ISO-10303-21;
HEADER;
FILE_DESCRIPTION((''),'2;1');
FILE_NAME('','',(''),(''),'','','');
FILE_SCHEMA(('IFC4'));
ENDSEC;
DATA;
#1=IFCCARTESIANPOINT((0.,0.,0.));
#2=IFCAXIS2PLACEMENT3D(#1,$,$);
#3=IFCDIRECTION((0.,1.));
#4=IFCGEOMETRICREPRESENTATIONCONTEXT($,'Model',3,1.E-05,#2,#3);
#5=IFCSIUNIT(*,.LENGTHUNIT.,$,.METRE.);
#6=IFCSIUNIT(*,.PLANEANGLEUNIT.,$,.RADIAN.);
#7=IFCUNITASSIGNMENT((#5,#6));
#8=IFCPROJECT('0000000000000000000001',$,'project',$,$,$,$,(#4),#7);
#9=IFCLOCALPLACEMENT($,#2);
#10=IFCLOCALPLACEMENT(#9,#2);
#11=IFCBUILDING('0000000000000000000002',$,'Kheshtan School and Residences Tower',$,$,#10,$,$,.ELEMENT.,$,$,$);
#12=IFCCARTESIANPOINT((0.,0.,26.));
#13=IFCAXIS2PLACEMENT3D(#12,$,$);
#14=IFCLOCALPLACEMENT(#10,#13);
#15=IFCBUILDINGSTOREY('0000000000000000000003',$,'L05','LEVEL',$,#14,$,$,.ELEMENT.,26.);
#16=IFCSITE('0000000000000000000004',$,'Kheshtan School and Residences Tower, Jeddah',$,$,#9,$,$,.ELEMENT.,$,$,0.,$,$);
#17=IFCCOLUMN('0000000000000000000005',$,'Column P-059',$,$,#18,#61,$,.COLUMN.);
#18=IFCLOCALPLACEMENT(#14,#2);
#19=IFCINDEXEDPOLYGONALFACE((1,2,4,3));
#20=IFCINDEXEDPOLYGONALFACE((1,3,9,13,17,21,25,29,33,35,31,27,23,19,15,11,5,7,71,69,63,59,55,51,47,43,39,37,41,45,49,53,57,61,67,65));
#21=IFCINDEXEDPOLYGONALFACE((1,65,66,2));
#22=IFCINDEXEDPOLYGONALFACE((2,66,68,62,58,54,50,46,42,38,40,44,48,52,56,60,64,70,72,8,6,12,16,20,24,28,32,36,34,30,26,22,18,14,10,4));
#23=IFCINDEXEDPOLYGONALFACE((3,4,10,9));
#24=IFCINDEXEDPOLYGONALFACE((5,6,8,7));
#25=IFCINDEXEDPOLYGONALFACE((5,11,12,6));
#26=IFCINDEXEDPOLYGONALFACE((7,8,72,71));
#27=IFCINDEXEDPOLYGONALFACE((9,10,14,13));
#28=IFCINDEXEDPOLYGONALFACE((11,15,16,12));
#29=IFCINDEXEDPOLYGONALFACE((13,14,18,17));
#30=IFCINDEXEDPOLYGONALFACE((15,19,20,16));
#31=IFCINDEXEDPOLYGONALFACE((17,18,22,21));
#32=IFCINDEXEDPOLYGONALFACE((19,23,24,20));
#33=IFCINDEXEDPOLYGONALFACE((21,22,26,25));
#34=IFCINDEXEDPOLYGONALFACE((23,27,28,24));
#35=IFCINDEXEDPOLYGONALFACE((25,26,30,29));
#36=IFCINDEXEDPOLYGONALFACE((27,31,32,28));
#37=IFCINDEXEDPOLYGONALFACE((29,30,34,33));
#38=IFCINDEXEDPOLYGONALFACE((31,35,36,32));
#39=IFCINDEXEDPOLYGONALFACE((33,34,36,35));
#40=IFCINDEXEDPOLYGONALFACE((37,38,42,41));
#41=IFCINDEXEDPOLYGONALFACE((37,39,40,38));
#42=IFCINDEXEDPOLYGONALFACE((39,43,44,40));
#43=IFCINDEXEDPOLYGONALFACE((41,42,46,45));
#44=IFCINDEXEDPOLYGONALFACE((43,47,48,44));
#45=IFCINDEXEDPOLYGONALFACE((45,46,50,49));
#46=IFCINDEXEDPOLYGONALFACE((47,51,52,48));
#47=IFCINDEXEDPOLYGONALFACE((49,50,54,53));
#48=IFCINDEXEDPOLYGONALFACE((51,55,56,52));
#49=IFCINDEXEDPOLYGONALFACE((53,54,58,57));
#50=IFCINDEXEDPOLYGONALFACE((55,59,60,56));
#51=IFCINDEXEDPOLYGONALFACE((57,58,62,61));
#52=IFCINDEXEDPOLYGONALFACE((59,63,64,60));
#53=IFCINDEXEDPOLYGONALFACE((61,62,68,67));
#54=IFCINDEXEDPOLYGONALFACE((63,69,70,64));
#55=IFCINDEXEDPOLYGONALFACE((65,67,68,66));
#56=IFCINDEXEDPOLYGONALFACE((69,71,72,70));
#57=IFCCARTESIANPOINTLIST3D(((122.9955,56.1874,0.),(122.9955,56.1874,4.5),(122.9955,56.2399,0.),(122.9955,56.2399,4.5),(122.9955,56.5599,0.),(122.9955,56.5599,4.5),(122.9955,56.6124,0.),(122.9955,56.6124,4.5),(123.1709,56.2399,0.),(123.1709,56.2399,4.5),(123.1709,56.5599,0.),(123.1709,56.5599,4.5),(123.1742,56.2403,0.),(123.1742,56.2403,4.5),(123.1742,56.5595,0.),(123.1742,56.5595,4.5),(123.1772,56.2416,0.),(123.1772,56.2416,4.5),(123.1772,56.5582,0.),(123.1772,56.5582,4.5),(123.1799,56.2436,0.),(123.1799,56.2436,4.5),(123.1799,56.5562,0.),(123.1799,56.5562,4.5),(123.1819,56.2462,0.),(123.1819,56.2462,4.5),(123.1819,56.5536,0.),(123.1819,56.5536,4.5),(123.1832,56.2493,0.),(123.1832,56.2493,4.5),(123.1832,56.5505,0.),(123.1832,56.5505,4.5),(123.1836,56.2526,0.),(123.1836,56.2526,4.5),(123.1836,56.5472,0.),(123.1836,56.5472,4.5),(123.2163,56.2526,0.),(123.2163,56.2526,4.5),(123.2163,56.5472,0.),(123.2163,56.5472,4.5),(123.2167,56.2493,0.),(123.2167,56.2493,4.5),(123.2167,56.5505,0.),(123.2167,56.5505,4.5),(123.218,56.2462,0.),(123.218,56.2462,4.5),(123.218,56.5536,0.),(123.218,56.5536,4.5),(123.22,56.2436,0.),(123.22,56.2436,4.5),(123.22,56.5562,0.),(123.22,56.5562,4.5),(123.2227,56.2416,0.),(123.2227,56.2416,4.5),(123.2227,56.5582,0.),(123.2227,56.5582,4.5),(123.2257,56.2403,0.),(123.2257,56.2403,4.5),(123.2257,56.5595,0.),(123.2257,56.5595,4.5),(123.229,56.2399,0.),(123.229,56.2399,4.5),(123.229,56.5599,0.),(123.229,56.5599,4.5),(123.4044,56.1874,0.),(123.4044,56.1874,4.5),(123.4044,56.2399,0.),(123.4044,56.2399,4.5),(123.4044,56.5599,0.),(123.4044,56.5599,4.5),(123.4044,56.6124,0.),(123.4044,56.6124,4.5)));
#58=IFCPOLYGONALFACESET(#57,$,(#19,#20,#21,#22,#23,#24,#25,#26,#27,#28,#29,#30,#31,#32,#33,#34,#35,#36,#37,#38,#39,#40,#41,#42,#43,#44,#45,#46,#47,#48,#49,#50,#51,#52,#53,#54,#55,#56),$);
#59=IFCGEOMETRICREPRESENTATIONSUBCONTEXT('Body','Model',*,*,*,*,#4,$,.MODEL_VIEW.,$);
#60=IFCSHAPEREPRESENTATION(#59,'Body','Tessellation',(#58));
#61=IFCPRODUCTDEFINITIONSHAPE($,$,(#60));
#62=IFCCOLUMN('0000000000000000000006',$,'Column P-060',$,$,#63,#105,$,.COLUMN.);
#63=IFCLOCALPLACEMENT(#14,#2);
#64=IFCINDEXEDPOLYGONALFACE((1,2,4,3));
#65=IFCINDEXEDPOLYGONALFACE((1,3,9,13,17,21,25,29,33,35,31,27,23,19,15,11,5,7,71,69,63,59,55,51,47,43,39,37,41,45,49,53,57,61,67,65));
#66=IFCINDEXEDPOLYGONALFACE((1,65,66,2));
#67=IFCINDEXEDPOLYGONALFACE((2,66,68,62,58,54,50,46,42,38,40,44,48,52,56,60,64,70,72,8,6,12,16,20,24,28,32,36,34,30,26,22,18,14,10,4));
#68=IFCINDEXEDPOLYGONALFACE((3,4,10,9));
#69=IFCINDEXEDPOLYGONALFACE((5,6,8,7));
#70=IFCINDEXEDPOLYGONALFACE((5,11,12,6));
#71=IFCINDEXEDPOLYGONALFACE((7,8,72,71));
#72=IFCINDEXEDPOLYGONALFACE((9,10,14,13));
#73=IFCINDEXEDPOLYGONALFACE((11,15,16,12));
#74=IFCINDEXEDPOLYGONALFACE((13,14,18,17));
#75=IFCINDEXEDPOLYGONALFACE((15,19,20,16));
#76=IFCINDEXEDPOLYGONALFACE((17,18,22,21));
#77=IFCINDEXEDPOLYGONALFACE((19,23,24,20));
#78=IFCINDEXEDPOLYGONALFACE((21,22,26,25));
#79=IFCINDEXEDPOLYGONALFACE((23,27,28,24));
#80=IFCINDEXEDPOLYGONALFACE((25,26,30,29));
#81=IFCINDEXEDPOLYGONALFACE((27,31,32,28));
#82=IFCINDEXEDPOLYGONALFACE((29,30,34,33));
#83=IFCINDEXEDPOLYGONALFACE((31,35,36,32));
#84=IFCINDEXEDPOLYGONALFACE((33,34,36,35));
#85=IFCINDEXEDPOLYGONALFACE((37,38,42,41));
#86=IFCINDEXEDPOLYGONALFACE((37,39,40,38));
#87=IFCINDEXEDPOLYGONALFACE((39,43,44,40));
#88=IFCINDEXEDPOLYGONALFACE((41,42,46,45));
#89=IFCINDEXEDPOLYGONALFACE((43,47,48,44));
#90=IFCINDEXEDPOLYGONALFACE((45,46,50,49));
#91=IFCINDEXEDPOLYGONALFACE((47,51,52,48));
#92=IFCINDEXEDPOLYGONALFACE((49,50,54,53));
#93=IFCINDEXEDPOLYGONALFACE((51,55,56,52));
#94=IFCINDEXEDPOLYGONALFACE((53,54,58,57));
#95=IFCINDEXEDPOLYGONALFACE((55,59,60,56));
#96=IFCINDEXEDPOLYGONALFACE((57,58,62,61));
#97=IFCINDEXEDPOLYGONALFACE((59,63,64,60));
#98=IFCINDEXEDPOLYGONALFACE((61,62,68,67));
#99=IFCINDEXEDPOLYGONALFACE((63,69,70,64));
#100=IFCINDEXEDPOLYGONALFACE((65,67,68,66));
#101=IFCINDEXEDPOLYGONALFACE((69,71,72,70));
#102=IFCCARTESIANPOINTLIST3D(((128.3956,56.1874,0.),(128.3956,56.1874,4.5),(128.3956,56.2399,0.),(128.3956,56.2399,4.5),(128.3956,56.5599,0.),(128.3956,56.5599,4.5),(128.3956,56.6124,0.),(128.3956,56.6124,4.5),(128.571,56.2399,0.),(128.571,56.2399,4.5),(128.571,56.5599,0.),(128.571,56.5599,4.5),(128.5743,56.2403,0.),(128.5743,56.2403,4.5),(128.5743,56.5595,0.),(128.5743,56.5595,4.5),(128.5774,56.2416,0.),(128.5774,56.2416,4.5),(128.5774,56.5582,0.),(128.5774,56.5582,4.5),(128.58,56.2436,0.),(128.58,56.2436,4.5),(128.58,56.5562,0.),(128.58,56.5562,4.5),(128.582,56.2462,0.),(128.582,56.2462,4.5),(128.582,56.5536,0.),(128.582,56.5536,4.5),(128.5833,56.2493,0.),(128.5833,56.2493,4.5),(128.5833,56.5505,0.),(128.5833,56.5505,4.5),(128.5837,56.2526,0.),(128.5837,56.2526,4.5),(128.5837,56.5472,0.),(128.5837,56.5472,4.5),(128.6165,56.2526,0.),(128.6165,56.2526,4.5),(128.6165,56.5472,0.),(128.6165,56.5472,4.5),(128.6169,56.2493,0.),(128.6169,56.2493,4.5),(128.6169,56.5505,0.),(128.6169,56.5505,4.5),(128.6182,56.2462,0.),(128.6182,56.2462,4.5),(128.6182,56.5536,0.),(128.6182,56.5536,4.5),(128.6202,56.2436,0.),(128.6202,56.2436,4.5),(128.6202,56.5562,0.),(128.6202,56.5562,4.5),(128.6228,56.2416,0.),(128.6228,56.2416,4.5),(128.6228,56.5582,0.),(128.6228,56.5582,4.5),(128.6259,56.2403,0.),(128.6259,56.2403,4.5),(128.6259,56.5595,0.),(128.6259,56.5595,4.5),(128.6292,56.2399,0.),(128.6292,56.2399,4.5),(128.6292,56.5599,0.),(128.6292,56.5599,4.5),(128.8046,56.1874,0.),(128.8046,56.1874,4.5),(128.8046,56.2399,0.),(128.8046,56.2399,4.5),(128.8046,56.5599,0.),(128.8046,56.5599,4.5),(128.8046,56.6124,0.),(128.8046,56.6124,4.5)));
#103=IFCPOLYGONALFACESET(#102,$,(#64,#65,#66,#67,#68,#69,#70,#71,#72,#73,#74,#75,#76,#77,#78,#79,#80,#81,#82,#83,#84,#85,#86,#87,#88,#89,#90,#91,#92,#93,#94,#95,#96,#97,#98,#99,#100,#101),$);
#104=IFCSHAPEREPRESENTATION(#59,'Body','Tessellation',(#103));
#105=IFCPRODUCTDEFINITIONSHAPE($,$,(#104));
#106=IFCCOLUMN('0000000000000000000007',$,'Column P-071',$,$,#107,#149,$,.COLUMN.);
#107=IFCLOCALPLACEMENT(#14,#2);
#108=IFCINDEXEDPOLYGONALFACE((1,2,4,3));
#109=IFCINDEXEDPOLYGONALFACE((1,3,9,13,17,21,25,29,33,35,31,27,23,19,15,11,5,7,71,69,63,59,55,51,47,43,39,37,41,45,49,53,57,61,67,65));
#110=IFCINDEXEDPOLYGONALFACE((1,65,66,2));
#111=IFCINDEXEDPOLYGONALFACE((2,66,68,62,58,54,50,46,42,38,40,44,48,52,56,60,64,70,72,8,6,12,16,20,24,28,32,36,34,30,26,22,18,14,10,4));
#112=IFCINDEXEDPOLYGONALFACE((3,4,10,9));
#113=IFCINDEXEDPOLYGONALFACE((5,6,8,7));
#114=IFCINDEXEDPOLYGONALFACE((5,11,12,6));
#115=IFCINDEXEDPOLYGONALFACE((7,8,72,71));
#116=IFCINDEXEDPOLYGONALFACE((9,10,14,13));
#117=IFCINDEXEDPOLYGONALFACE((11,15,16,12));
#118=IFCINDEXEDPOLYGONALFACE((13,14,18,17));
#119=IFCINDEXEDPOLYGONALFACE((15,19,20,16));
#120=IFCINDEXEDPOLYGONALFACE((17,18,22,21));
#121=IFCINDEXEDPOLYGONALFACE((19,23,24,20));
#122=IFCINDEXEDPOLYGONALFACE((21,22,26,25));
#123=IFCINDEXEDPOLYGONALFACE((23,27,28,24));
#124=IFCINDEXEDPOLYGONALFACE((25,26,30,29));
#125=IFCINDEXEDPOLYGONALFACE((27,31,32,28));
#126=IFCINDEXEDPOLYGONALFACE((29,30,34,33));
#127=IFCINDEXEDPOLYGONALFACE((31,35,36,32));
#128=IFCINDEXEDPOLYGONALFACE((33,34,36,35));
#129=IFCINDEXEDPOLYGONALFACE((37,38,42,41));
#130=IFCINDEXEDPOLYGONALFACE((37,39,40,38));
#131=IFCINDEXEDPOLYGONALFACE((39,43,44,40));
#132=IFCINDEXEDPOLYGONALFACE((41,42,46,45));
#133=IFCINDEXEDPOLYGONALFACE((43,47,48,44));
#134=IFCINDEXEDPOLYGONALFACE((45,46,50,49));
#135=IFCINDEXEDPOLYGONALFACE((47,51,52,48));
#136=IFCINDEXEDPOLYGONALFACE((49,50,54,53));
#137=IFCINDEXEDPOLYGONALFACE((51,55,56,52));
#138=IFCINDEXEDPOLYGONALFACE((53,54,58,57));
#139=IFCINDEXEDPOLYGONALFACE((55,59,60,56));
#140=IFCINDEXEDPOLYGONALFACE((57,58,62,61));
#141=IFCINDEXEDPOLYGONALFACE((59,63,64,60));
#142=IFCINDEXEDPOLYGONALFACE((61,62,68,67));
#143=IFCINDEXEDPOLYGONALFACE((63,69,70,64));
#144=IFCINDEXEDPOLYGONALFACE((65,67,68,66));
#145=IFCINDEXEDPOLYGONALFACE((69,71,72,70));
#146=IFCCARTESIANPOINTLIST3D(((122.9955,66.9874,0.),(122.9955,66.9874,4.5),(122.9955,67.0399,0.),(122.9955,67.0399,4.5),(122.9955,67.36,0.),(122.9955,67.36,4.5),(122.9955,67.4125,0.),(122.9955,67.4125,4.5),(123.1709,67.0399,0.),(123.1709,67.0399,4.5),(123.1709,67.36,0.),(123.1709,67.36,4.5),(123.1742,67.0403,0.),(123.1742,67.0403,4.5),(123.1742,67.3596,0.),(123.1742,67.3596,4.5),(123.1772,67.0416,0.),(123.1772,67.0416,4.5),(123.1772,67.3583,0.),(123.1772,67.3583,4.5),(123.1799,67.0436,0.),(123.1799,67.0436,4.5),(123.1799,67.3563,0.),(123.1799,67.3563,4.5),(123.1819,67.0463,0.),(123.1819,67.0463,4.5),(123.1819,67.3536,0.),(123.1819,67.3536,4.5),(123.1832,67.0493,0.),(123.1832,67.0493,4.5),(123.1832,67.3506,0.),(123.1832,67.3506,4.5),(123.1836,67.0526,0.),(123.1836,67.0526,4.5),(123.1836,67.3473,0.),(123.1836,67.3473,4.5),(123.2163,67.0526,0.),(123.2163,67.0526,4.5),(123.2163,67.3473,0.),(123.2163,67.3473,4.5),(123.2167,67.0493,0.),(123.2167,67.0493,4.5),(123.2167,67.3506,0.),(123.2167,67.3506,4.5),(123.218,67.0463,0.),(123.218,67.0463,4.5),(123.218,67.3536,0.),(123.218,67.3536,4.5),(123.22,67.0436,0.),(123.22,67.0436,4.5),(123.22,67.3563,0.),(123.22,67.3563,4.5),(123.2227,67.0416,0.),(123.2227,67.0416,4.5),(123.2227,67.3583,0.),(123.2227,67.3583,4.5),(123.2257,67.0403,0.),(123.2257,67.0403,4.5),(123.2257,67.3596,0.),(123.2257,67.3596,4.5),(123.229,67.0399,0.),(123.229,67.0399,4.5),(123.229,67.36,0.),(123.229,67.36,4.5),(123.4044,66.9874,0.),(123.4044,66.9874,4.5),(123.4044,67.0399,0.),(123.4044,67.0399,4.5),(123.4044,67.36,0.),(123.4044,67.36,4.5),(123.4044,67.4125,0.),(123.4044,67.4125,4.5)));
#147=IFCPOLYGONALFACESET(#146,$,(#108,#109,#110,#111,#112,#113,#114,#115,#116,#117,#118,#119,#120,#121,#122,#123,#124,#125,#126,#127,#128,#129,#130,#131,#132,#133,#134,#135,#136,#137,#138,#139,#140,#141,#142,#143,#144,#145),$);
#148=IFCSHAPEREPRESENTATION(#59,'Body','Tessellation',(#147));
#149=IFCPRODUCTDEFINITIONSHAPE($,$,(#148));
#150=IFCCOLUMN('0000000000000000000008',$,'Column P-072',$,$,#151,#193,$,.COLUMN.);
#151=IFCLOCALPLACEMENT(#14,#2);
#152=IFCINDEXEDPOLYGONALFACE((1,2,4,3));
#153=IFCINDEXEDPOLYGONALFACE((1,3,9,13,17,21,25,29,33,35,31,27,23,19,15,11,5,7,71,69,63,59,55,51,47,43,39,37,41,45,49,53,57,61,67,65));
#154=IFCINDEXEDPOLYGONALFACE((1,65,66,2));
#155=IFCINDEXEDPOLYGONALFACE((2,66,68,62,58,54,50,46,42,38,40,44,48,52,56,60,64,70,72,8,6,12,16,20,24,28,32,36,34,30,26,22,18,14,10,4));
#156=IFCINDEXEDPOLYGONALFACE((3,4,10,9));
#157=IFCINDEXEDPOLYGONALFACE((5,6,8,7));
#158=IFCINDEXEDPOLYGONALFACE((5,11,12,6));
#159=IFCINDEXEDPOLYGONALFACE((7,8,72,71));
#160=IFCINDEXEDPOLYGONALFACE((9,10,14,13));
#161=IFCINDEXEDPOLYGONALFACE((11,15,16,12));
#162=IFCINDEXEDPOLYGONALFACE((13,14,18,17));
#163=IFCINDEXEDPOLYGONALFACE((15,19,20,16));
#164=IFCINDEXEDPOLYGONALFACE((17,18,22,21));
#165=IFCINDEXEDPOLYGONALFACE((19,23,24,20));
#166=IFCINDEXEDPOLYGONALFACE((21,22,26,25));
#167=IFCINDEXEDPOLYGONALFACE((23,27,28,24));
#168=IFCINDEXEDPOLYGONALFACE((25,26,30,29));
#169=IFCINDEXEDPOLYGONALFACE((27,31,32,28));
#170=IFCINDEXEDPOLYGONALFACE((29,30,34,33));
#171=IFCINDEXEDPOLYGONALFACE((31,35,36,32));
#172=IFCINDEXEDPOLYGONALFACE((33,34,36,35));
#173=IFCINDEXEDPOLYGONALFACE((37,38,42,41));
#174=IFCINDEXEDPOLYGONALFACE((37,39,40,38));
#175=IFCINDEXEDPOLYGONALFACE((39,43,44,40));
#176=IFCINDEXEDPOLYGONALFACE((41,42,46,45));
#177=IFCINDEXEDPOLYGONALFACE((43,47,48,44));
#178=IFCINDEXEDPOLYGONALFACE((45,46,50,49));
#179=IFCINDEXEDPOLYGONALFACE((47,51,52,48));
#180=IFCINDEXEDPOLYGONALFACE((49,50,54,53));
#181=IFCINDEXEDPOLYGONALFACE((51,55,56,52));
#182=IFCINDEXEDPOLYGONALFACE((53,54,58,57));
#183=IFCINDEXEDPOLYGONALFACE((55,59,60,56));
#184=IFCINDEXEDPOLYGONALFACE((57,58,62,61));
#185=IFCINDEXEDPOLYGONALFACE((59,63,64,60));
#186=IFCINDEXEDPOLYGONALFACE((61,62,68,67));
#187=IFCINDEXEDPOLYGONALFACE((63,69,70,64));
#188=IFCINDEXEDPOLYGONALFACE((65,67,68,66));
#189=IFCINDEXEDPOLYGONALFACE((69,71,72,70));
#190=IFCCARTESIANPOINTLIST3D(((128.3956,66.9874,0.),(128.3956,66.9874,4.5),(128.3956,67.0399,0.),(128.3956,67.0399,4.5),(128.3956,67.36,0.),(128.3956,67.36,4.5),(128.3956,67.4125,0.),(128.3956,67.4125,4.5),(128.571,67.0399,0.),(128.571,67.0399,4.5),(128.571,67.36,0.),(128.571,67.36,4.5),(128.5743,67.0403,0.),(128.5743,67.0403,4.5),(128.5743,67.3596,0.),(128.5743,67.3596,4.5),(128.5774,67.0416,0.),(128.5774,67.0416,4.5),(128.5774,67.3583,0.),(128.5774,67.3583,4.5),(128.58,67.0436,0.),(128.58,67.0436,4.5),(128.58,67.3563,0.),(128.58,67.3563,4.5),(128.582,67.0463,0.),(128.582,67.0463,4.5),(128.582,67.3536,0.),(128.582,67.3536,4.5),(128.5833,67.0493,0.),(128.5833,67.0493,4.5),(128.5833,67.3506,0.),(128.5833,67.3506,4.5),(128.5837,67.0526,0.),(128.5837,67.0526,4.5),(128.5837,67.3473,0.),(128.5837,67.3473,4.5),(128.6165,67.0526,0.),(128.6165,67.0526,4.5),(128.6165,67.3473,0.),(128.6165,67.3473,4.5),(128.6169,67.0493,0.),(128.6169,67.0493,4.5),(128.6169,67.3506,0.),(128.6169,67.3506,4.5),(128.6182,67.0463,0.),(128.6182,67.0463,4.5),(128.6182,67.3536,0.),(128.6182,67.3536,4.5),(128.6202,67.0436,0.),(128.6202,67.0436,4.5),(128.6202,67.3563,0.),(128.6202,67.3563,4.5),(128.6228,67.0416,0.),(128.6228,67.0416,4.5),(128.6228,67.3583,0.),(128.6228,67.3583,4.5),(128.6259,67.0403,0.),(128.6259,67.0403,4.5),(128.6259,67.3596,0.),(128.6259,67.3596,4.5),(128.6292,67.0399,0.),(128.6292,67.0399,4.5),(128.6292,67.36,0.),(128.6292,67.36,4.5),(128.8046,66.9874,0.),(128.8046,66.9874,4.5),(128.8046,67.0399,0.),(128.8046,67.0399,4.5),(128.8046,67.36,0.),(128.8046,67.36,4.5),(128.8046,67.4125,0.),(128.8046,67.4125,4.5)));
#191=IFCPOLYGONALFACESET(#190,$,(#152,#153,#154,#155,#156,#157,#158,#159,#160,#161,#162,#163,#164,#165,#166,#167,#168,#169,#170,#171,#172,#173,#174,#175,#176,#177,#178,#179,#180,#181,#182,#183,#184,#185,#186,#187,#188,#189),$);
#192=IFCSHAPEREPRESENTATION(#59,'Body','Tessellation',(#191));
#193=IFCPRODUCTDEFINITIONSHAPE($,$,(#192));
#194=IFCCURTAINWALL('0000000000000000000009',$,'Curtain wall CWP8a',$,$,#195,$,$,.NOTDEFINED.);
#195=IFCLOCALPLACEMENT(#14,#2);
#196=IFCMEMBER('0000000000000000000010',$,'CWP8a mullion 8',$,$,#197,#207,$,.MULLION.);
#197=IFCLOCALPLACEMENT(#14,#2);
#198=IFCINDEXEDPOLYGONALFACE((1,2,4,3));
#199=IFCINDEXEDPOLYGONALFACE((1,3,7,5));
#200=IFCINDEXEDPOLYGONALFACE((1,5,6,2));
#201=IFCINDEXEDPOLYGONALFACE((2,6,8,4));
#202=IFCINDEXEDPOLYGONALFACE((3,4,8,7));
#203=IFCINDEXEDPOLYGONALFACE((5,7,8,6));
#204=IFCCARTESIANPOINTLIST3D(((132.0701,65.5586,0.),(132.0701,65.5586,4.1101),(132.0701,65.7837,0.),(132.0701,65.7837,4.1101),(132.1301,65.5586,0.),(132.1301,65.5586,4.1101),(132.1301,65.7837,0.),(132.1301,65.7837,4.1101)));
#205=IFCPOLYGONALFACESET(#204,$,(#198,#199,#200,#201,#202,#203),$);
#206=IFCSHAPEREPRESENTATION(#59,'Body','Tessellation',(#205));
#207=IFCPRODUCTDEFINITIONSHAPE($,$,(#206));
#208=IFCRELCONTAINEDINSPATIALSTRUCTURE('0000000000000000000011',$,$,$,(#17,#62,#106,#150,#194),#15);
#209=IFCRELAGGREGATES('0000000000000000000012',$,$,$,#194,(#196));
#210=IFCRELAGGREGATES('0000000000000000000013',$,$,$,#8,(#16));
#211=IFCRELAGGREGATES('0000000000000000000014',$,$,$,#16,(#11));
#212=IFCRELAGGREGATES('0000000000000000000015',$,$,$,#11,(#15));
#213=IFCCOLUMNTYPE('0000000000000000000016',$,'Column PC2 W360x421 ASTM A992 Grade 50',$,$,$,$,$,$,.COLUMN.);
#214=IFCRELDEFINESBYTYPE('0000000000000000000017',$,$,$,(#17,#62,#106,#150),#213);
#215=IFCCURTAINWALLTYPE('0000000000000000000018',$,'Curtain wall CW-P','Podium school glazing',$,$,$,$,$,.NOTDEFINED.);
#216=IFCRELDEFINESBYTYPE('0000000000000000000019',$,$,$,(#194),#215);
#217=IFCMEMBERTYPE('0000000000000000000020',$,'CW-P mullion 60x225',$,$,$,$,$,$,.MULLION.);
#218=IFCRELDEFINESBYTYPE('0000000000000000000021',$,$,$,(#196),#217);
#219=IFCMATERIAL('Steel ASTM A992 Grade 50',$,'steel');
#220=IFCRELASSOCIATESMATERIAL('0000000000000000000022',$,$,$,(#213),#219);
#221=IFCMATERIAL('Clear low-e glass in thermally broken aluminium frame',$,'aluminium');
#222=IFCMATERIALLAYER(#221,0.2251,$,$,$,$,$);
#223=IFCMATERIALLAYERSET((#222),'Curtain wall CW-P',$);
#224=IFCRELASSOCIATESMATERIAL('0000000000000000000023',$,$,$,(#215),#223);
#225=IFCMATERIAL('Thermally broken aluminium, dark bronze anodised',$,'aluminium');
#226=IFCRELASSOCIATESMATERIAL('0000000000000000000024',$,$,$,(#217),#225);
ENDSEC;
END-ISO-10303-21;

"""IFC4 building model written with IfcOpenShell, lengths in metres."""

from ifc_helpers import new_model, si_unit, direction, frame, origin, origin_2d, place, context, subcontext, project, spatial, rectangle, i_section, extrude, material, layer, layer_set, material_profile, profile_set, type_object, element, aggregate, save


model = new_model("IFC4")

# Units and contexts
model_context = context("Model", 3, precision=1e-05, world=origin(), true_north=direction((0.0, 1.0)))
body_context = subcontext(model_context, "Body", "Model", "MODEL_VIEW")
ifc_project = project(units=[si_unit("LENGTHUNIT", "METRE"), si_unit("PLANEANGLEUNIT", "RADIAN")], contexts=[model_context])

# Site, building, storey
site_placement = place(None, origin())
site = spatial("IfcSite", under=ifc_project, at=site_placement, Name="Kheshtan School and Residences Tower, Jeddah", CompositionType="ELEMENT", RefElevation=0.0)
building_placement = place(site_placement, origin())
building = spatial("IfcBuilding", under=site, at=building_placement, Name="Kheshtan School and Residences Tower", CompositionType="ELEMENT")
storey_placement = place(building_placement, frame((0.0, 0.0, 26.0)))
storey = spatial("IfcBuildingStorey", under=building, at=storey_placement, Name="L05", Description="LEVEL", CompositionType="ELEMENT", Elevation=26.0)

# Columns
ifc_material_1 = material(Name="Steel ASTM A992 Grade 50", Category="steel")
ifc_material_profile_1 = material_profile(ifc_material_1, i_section(OverallWidth=0.4089, OverallDepth=0.425, WebThickness=0.0327, FlangeThickness=0.0525, FilletRadius=0.0127, at=origin_2d()), Name="W360x421")
ifc_profile_set_1 = profile_set([ifc_material_profile_1], Name="Steel ASTM A992 Grade 50")
column_type = type_object("IfcColumnType", Name="Column PC2 W360x421 ASTM A992 Grade 50", PredefinedType="COLUMN", material=ifc_profile_set_1)
for number, where, z_axis, x_axis, name in (
    (1, (123.2, 56.3999, 0.0), (0.0, 0.0, 1.0), (1.0, 0.0, 0.0), "Column P-059"),
    (2, (128.6001, 56.3999, 0.0), (0.0, 0.0, 1.0), (1.0, 0.0, 0.0), "Column P-060"),
    (3, (123.2, 67.2, 0.0), (0.0, 0.0, 1.0), (1.0, 0.0, 0.0), "Column P-071"),
    (4, (128.6001, 67.2, 0.0), (0.0, 0.0, 1.0), (1.0, 0.0, 0.0), "Column P-072"),
):
    element("IfcColumn", number, at=place(storey_placement, frame(where, z_axis=z_axis, x_axis=x_axis)), inside=storey, type_object=column_type, Name=name, PredefinedType="COLUMN", context=body_context, shape_type="SweptSolid", body=[
        extrude(i_section(OverallWidth=0.4089, OverallDepth=0.425, WebThickness=0.0327, FlangeThickness=0.0525, FilletRadius=0.0127, at=origin_2d()), origin(), (0.0, 0.0, 1.0), 4.5),
    ])

# Curtain wall, member
ifc_material_2 = material(Name="Clear low-e glass in thermally broken aluminium frame", Category="aluminium")
ifc_layer_1 = layer(ifc_material_2, 0.2251)
ifc_layer_set_1 = layer_set([ifc_layer_1], Name="Curtain wall CW-P")
curtain_wall_type = type_object("IfcCurtainWallType", Name="Curtain wall CW-P", Description="Podium school glazing", PredefinedType="NOTDEFINED", material=ifc_layer_set_1)
curtain_wall_placement = place(storey_placement, origin())
curtain_wall = element("IfcCurtainWall", 5, at=curtain_wall_placement, inside=storey, type_object=curtain_wall_type, Name="Curtain wall CWP8a", PredefinedType="NOTDEFINED")
ifc_material_3 = material(Name="Thermally broken aluminium, dark bronze anodised", Category="aluminium")
ifc_material_profile_2 = material_profile(ifc_material_3, rectangle(XDim=0.0601, YDim=0.2251, at=origin_2d()), Name="CW-P mullion 60x225")
ifc_profile_set_2 = profile_set([ifc_material_profile_2], Name="Thermally broken aluminium, dark bronze anodised")
member_type = type_object("IfcMemberType", Name="CW-P mullion 60x225", PredefinedType="MULLION", material=ifc_profile_set_2)
member_1_placement = place(storey_placement, frame((132.1001, 65.6711, 0.0), z_axis=(0.0, 0.0, 1.0), x_axis=(1.0, 0.0, 0.0)))
member_1 = element("IfcMember", 6, at=member_1_placement, type_object=member_type, Name="CWP8a mullion 8", PredefinedType="MULLION", context=body_context, shape_type="SweptSolid", body=[
    extrude(rectangle(XDim=0.0601, YDim=0.2251, at=origin_2d()), origin(), (0.0, 0.0, 1.0), 4.1101),
])
aggregate(curtain_wall, [member_1])

save(model, "model.ifc")
